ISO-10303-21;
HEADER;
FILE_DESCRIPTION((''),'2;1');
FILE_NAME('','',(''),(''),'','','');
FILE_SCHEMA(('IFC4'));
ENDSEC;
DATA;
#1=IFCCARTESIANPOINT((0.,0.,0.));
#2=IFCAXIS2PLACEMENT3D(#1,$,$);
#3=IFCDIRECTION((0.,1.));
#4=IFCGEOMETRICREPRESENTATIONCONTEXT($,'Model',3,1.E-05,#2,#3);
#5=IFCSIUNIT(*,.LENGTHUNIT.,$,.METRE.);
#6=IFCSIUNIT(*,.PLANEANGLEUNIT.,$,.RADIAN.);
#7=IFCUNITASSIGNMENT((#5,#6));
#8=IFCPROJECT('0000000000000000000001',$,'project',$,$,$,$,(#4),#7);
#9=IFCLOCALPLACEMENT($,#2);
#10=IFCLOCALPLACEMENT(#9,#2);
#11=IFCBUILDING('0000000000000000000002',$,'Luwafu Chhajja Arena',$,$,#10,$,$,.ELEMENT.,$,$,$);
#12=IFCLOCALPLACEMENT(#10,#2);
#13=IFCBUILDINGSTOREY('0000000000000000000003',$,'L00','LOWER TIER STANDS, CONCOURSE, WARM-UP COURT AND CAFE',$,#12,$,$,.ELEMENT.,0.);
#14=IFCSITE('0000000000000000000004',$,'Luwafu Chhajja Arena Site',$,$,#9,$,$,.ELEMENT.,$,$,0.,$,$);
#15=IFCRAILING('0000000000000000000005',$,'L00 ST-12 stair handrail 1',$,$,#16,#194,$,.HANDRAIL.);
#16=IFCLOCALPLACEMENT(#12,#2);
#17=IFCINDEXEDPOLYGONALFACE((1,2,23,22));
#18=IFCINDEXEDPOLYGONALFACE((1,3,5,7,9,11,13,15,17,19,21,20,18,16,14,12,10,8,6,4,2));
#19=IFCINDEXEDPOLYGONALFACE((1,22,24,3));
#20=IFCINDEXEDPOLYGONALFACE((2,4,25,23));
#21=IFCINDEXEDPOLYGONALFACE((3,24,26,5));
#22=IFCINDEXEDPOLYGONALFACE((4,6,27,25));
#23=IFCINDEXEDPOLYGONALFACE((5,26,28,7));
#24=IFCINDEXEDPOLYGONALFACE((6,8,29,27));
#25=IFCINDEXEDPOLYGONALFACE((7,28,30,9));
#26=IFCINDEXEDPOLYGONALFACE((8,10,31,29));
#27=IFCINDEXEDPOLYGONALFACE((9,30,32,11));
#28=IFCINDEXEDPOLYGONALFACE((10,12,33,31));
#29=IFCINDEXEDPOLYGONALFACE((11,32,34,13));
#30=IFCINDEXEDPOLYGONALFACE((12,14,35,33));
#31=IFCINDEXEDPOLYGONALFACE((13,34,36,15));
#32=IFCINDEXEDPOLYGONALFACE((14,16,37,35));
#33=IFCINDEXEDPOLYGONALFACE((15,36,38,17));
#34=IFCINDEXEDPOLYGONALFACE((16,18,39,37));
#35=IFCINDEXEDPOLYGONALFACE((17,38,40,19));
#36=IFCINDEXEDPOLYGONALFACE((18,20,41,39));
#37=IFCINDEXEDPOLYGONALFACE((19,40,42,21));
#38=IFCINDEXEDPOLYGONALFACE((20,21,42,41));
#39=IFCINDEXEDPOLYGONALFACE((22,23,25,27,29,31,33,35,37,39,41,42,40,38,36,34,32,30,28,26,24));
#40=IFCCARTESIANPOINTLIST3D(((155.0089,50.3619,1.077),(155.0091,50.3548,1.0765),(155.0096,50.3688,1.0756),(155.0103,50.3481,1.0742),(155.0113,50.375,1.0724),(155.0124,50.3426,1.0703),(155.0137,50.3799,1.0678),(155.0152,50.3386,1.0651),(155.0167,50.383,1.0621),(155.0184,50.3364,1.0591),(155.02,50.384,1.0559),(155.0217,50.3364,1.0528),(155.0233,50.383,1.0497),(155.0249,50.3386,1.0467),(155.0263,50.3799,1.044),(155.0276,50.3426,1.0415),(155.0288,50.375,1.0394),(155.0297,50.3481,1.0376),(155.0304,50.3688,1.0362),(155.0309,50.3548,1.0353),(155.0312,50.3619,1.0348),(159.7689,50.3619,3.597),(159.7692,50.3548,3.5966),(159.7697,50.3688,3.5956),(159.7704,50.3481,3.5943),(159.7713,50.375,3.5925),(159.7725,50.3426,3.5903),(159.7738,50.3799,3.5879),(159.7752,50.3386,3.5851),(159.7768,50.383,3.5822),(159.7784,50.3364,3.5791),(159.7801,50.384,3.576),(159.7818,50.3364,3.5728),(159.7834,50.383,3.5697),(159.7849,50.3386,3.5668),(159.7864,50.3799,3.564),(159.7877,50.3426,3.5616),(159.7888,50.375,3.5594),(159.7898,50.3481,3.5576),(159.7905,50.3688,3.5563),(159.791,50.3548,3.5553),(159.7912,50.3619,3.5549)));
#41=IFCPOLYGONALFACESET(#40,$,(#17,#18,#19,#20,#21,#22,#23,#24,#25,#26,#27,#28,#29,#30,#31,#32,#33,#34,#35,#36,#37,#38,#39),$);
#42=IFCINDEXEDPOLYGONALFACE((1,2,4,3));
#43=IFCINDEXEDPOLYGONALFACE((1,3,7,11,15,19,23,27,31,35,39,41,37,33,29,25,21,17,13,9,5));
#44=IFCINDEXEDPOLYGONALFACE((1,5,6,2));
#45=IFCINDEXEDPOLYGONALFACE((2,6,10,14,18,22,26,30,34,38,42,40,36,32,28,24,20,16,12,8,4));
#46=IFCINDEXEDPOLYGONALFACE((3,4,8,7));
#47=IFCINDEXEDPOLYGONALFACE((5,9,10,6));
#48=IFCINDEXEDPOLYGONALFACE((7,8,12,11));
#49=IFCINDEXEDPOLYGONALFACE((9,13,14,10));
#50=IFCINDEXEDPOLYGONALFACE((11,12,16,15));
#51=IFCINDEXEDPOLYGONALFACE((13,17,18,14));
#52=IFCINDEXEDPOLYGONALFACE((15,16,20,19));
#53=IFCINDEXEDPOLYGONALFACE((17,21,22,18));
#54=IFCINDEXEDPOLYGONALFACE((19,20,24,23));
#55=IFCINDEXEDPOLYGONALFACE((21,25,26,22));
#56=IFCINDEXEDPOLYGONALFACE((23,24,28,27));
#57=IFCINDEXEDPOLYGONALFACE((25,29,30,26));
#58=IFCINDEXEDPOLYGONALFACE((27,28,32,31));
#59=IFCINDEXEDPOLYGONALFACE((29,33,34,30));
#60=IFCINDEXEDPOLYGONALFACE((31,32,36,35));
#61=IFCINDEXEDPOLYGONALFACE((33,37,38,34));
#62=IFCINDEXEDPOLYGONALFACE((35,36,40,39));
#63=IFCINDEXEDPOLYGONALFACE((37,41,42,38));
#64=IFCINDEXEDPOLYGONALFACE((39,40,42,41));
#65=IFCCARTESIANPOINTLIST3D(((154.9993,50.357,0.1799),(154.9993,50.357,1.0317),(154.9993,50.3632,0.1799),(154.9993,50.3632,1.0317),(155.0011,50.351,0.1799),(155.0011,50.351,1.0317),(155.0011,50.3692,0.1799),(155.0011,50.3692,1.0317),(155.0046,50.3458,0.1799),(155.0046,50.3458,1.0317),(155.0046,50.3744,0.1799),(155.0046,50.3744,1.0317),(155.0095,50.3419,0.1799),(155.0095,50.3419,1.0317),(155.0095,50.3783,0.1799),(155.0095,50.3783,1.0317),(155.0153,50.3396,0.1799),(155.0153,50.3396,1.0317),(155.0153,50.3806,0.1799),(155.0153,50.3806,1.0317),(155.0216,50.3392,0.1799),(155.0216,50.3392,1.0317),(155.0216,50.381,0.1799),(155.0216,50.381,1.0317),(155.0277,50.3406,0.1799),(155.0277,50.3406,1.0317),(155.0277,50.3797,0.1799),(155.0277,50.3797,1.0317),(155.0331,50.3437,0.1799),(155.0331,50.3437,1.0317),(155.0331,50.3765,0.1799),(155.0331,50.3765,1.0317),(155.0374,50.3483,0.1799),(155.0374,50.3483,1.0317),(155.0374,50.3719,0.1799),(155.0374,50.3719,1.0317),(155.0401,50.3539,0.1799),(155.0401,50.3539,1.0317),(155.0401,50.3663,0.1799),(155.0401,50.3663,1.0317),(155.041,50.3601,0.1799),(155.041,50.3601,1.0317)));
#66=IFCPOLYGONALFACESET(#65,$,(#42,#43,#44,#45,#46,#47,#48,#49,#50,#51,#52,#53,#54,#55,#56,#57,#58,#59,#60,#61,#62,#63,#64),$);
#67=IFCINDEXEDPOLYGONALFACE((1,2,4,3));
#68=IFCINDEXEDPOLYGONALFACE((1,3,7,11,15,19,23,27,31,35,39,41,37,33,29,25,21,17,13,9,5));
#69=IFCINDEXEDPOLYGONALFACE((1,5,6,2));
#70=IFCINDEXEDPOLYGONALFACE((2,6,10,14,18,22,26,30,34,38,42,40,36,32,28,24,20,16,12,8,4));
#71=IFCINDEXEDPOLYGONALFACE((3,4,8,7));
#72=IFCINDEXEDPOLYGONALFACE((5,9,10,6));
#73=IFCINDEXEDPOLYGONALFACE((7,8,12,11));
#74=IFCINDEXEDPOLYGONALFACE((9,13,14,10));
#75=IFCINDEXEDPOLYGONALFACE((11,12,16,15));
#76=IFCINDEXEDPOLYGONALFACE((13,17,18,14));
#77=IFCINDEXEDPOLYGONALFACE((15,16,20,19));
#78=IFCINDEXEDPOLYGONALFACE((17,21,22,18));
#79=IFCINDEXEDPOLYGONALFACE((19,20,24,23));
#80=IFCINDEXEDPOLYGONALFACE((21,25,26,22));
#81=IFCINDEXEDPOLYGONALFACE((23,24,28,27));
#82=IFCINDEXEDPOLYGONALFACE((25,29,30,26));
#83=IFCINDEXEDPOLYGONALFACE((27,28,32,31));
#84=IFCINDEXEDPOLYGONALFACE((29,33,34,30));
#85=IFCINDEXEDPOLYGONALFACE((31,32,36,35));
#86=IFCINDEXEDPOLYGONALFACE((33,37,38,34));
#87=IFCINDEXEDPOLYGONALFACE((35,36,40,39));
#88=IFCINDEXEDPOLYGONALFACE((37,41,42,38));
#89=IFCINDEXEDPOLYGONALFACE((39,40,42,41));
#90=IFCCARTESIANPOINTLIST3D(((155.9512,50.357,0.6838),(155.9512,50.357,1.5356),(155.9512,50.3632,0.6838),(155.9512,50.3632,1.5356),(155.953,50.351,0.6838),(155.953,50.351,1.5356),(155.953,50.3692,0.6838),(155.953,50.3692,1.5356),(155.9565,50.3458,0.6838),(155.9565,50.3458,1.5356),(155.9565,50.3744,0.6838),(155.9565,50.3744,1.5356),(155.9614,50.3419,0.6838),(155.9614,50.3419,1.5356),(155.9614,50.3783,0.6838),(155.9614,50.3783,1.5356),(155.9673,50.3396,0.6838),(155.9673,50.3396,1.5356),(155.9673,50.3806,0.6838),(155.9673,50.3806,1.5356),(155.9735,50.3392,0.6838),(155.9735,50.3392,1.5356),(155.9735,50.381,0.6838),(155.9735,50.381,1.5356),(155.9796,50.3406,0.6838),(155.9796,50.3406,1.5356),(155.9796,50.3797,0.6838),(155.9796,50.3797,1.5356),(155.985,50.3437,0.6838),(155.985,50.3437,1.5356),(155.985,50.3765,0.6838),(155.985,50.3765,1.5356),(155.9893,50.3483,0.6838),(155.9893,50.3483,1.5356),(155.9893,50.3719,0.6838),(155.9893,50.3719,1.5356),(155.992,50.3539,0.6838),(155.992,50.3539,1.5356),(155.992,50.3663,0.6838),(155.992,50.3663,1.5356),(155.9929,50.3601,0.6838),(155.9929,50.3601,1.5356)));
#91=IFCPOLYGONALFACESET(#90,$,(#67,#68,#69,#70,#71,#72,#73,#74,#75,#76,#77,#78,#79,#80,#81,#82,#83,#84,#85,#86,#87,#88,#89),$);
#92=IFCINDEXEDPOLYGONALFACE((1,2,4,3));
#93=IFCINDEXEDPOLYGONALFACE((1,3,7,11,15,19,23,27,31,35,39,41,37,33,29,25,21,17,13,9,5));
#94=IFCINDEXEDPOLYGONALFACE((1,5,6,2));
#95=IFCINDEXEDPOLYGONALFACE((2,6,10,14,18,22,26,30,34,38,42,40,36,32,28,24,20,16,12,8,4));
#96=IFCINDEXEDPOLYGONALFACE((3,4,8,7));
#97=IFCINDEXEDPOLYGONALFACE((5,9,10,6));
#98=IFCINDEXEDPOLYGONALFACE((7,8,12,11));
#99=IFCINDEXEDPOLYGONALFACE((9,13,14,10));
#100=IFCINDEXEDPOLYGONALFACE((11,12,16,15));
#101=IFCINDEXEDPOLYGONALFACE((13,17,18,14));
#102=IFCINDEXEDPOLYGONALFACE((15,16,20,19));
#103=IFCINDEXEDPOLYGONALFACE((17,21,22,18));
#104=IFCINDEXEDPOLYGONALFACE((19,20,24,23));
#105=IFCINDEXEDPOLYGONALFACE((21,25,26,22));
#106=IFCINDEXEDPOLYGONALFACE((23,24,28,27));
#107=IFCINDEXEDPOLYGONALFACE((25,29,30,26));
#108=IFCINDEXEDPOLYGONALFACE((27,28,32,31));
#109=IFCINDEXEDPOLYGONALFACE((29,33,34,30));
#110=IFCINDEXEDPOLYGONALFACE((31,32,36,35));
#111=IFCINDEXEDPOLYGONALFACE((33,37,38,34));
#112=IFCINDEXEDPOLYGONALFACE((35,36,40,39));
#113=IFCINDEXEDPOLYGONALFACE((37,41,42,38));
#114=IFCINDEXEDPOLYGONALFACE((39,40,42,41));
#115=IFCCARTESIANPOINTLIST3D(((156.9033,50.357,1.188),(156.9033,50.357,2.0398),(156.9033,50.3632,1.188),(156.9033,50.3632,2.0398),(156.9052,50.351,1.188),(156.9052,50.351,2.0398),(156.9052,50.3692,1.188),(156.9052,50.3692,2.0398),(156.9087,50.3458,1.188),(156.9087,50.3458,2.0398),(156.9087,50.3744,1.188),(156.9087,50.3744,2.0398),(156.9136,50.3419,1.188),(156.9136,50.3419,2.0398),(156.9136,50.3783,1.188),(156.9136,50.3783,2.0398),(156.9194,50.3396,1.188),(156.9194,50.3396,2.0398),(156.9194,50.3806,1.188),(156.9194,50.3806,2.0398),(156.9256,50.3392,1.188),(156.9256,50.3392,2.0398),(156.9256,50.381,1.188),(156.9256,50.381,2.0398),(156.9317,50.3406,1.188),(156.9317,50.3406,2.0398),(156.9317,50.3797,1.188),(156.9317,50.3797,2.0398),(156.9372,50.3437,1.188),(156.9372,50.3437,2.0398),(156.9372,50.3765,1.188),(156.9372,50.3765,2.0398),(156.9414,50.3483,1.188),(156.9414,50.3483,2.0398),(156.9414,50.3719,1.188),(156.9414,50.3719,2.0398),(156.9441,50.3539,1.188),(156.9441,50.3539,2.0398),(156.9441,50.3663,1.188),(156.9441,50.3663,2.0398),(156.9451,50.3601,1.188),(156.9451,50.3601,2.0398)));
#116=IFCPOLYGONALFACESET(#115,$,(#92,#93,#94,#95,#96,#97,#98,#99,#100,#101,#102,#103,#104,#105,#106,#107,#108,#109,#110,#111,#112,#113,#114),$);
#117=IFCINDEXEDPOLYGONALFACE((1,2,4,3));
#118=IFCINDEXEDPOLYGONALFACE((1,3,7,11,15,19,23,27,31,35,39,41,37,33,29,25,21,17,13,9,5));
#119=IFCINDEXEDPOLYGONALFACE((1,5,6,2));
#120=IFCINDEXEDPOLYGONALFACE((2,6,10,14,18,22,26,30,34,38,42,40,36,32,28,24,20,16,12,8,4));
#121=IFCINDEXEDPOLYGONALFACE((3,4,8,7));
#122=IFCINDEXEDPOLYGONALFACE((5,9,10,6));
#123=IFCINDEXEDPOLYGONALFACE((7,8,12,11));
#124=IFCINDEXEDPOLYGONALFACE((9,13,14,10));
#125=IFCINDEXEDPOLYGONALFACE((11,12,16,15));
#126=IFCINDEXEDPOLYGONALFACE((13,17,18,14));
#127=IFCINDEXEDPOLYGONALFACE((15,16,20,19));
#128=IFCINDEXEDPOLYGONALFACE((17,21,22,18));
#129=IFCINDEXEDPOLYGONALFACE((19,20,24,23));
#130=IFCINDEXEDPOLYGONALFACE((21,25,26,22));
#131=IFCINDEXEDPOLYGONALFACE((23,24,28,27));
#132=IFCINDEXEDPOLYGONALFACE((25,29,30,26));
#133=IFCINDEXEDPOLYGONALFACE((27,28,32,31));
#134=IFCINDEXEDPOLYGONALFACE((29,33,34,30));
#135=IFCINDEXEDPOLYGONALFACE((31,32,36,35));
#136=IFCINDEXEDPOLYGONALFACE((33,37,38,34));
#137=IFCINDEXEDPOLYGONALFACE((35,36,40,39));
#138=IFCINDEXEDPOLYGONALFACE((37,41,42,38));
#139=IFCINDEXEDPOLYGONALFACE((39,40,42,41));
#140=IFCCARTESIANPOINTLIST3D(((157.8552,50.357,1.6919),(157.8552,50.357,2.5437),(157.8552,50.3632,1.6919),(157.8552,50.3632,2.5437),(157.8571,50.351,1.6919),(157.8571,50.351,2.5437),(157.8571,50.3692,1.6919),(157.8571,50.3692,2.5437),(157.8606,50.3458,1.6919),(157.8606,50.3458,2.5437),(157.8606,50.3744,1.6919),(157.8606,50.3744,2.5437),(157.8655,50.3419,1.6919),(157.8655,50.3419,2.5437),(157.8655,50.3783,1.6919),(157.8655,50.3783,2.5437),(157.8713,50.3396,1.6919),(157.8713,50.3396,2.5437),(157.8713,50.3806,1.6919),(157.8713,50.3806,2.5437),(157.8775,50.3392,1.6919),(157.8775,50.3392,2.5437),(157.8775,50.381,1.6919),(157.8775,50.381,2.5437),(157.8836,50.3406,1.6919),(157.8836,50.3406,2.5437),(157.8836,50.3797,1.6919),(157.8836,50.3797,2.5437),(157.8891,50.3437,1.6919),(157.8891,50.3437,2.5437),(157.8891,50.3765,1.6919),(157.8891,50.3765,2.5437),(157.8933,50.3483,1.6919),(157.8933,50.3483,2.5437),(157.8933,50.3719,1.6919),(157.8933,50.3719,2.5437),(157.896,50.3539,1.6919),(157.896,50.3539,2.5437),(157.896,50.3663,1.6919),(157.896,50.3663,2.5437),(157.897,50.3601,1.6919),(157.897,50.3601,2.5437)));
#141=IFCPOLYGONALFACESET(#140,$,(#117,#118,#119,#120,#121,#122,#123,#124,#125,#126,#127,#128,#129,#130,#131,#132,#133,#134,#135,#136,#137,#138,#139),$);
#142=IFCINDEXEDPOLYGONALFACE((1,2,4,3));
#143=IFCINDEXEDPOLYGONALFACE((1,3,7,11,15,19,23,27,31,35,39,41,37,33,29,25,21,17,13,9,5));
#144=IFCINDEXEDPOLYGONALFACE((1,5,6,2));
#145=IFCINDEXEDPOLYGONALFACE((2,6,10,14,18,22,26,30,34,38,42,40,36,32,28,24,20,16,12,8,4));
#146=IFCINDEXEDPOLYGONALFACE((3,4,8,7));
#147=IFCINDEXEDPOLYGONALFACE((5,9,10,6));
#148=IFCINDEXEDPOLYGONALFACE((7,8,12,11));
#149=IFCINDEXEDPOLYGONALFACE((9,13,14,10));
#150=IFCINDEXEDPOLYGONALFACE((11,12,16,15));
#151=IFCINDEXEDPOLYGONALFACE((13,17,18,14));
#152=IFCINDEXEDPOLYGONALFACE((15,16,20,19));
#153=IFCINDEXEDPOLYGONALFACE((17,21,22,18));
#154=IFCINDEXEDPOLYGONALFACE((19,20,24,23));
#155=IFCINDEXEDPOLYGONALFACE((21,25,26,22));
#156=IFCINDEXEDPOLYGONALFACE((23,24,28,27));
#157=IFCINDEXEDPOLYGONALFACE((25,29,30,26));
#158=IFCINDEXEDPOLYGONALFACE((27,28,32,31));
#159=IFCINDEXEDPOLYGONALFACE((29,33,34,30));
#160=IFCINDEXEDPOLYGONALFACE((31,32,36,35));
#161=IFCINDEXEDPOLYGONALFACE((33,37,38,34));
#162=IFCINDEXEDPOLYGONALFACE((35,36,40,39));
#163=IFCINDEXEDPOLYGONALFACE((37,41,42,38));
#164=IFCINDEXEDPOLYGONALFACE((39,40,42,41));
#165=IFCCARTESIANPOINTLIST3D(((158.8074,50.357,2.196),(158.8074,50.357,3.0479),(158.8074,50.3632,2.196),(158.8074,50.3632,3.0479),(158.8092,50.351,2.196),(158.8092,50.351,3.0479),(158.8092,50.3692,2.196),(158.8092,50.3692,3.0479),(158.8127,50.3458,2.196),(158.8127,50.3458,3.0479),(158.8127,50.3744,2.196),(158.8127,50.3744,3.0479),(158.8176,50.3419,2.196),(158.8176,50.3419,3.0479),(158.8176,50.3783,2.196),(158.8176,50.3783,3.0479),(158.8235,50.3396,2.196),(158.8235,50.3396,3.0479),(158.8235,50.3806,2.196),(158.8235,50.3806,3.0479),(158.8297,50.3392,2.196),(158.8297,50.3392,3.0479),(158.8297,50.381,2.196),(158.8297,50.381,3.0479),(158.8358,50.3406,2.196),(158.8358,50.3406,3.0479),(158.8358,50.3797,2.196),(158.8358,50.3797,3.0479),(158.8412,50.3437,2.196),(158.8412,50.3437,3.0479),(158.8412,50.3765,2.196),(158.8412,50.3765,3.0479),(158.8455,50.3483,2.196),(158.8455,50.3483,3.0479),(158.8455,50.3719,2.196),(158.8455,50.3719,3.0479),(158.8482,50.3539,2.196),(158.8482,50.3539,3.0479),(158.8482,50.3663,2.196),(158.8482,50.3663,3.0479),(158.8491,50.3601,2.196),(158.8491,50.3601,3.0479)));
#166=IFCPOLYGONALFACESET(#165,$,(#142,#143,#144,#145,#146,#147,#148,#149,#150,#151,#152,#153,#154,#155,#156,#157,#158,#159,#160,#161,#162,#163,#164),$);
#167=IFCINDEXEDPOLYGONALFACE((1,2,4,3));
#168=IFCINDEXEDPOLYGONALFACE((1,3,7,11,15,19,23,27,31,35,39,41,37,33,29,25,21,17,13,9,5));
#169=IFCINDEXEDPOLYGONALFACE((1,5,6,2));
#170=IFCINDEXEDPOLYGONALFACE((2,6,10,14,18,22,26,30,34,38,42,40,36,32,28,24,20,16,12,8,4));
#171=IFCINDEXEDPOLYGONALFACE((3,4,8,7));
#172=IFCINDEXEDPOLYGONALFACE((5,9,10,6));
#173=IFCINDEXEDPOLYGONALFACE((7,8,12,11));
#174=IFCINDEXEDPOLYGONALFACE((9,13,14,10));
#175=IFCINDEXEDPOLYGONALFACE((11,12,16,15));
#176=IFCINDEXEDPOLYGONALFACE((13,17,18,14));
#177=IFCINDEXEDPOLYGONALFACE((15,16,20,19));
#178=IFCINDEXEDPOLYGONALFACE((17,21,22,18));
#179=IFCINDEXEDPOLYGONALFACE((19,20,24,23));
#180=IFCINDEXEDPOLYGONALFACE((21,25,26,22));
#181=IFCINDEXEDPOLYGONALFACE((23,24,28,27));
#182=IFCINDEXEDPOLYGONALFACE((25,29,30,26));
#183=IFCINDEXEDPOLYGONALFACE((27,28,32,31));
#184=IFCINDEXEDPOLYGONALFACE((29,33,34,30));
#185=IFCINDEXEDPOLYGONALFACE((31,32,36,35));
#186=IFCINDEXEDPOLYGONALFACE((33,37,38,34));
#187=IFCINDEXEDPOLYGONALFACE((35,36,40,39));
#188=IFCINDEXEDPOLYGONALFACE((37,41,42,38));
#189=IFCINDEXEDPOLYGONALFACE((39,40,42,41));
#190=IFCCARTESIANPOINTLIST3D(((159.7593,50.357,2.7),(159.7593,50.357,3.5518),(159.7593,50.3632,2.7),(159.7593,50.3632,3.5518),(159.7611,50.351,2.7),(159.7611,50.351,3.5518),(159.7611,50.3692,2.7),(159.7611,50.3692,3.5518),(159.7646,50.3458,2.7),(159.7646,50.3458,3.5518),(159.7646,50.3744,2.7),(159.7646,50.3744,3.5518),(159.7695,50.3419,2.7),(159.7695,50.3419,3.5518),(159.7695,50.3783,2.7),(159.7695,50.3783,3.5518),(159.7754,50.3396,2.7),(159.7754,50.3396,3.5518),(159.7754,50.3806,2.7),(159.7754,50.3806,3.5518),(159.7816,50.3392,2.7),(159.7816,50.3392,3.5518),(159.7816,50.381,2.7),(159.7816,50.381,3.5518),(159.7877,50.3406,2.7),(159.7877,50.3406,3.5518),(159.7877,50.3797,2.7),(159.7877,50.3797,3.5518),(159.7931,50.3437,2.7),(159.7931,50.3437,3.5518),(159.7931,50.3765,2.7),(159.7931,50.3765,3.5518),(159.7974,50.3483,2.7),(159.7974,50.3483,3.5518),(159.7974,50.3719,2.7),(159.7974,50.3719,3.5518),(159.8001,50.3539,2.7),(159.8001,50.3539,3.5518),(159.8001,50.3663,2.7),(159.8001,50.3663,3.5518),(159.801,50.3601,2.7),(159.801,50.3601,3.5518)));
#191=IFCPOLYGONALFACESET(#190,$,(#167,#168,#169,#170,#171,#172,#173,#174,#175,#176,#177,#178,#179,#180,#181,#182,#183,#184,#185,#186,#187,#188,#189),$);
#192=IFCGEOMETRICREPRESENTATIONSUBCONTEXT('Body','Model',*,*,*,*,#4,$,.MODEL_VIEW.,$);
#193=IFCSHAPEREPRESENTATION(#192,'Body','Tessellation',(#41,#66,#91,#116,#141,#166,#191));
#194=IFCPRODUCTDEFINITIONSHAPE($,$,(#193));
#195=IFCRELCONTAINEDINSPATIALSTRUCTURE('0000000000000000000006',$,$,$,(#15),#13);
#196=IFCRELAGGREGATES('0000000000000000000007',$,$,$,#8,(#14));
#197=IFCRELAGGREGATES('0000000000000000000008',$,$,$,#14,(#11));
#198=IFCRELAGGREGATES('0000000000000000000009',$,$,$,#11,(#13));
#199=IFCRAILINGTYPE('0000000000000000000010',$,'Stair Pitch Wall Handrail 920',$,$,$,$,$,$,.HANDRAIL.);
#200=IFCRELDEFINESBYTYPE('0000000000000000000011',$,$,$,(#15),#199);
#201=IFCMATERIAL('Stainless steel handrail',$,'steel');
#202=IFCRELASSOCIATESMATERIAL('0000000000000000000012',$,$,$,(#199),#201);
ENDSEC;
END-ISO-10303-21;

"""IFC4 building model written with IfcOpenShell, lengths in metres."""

from ifc_helpers import new_model, si_unit, direction, frame, origin, origin_2d, place, context, subcontext, project, spatial, circle, extrude, material, type_object, element, save


model = new_model("IFC4")

# Units and contexts
model_context = context("Model", 3, precision=1e-05, world=origin(), true_north=direction((0.0, 1.0)))
body_context = subcontext(model_context, "Body", "Model", "MODEL_VIEW")
ifc_project = project(units=[si_unit("LENGTHUNIT", "METRE"), si_unit("PLANEANGLEUNIT", "RADIAN")], contexts=[model_context])

# Site, building, storey
site_placement = place(None, origin())
site = spatial("IfcSite", under=ifc_project, at=site_placement, Name="Luwafu Chhajja Arena Site", CompositionType="ELEMENT", RefElevation=0.0)
building_placement = place(site_placement, origin())
building = spatial("IfcBuilding", under=site, at=building_placement, Name="Luwafu Chhajja Arena", CompositionType="ELEMENT")
storey_placement = place(building_placement, origin())
storey = spatial("IfcBuildingStorey", under=building, at=storey_placement, Name="L00", Description="LOWER TIER STANDS, CONCOURSE, WARM-UP COURT AND CAFE", CompositionType="ELEMENT", Elevation=0.0)

# Railing
ifc_material_1 = material(Name="Stainless steel handrail", Category="steel")
railing_type_1 = type_object("IfcRailingType", Name="Stair Pitch Wall Handrail 920", PredefinedType="HANDRAIL", material=ifc_material_1)
railing_1_placement = place(storey_placement, frame((155.02, 50.3601, 0.1799)))
element("IfcRailing", 1, at=railing_1_placement, inside=storey, type_object=railing_type_1, Name="L00 ST-12 stair handrail 1", PredefinedType="HANDRAIL", context=body_context, shape_type="SweptSolid", body=[
    extrude(circle(Radius=0.0239, at=origin_2d()), frame((0.0, 0.0, 0.876), z_axis=(0.883787, 0.0, 0.46789), x_axis=(0.0, 1.0, 0.0)), (0.0, 0.0, 1.0), 5.386),
    extrude(circle(Radius=0.021, at=origin_2d()), origin(), (0.0, 0.0, 1.0), 0.8518),
    extrude(circle(Radius=0.021, at=origin_2d()), frame((0.9519, 0.0, 0.5039)), (0.0, 0.0, 1.0), 0.8518),
    extrude(circle(Radius=0.021, at=origin_2d()), frame((1.9041, 0.0, 1.0081)), (0.0, 0.0, 1.0), 0.8518),
    extrude(circle(Radius=0.021, at=origin_2d()), frame((2.856, 0.0, 1.512)), (0.0, 0.0, 1.0), 0.8518),
    extrude(circle(Radius=0.021, at=origin_2d()), frame((3.8081, 0.0, 2.0161)), (0.0, 0.0, 1.0), 0.8518),
    extrude(circle(Radius=0.021, at=origin_2d()), frame((4.76, 0.0, 2.52)), (0.0, 0.0, 1.0), 0.8518),
])

save(model, "model.ifc")
